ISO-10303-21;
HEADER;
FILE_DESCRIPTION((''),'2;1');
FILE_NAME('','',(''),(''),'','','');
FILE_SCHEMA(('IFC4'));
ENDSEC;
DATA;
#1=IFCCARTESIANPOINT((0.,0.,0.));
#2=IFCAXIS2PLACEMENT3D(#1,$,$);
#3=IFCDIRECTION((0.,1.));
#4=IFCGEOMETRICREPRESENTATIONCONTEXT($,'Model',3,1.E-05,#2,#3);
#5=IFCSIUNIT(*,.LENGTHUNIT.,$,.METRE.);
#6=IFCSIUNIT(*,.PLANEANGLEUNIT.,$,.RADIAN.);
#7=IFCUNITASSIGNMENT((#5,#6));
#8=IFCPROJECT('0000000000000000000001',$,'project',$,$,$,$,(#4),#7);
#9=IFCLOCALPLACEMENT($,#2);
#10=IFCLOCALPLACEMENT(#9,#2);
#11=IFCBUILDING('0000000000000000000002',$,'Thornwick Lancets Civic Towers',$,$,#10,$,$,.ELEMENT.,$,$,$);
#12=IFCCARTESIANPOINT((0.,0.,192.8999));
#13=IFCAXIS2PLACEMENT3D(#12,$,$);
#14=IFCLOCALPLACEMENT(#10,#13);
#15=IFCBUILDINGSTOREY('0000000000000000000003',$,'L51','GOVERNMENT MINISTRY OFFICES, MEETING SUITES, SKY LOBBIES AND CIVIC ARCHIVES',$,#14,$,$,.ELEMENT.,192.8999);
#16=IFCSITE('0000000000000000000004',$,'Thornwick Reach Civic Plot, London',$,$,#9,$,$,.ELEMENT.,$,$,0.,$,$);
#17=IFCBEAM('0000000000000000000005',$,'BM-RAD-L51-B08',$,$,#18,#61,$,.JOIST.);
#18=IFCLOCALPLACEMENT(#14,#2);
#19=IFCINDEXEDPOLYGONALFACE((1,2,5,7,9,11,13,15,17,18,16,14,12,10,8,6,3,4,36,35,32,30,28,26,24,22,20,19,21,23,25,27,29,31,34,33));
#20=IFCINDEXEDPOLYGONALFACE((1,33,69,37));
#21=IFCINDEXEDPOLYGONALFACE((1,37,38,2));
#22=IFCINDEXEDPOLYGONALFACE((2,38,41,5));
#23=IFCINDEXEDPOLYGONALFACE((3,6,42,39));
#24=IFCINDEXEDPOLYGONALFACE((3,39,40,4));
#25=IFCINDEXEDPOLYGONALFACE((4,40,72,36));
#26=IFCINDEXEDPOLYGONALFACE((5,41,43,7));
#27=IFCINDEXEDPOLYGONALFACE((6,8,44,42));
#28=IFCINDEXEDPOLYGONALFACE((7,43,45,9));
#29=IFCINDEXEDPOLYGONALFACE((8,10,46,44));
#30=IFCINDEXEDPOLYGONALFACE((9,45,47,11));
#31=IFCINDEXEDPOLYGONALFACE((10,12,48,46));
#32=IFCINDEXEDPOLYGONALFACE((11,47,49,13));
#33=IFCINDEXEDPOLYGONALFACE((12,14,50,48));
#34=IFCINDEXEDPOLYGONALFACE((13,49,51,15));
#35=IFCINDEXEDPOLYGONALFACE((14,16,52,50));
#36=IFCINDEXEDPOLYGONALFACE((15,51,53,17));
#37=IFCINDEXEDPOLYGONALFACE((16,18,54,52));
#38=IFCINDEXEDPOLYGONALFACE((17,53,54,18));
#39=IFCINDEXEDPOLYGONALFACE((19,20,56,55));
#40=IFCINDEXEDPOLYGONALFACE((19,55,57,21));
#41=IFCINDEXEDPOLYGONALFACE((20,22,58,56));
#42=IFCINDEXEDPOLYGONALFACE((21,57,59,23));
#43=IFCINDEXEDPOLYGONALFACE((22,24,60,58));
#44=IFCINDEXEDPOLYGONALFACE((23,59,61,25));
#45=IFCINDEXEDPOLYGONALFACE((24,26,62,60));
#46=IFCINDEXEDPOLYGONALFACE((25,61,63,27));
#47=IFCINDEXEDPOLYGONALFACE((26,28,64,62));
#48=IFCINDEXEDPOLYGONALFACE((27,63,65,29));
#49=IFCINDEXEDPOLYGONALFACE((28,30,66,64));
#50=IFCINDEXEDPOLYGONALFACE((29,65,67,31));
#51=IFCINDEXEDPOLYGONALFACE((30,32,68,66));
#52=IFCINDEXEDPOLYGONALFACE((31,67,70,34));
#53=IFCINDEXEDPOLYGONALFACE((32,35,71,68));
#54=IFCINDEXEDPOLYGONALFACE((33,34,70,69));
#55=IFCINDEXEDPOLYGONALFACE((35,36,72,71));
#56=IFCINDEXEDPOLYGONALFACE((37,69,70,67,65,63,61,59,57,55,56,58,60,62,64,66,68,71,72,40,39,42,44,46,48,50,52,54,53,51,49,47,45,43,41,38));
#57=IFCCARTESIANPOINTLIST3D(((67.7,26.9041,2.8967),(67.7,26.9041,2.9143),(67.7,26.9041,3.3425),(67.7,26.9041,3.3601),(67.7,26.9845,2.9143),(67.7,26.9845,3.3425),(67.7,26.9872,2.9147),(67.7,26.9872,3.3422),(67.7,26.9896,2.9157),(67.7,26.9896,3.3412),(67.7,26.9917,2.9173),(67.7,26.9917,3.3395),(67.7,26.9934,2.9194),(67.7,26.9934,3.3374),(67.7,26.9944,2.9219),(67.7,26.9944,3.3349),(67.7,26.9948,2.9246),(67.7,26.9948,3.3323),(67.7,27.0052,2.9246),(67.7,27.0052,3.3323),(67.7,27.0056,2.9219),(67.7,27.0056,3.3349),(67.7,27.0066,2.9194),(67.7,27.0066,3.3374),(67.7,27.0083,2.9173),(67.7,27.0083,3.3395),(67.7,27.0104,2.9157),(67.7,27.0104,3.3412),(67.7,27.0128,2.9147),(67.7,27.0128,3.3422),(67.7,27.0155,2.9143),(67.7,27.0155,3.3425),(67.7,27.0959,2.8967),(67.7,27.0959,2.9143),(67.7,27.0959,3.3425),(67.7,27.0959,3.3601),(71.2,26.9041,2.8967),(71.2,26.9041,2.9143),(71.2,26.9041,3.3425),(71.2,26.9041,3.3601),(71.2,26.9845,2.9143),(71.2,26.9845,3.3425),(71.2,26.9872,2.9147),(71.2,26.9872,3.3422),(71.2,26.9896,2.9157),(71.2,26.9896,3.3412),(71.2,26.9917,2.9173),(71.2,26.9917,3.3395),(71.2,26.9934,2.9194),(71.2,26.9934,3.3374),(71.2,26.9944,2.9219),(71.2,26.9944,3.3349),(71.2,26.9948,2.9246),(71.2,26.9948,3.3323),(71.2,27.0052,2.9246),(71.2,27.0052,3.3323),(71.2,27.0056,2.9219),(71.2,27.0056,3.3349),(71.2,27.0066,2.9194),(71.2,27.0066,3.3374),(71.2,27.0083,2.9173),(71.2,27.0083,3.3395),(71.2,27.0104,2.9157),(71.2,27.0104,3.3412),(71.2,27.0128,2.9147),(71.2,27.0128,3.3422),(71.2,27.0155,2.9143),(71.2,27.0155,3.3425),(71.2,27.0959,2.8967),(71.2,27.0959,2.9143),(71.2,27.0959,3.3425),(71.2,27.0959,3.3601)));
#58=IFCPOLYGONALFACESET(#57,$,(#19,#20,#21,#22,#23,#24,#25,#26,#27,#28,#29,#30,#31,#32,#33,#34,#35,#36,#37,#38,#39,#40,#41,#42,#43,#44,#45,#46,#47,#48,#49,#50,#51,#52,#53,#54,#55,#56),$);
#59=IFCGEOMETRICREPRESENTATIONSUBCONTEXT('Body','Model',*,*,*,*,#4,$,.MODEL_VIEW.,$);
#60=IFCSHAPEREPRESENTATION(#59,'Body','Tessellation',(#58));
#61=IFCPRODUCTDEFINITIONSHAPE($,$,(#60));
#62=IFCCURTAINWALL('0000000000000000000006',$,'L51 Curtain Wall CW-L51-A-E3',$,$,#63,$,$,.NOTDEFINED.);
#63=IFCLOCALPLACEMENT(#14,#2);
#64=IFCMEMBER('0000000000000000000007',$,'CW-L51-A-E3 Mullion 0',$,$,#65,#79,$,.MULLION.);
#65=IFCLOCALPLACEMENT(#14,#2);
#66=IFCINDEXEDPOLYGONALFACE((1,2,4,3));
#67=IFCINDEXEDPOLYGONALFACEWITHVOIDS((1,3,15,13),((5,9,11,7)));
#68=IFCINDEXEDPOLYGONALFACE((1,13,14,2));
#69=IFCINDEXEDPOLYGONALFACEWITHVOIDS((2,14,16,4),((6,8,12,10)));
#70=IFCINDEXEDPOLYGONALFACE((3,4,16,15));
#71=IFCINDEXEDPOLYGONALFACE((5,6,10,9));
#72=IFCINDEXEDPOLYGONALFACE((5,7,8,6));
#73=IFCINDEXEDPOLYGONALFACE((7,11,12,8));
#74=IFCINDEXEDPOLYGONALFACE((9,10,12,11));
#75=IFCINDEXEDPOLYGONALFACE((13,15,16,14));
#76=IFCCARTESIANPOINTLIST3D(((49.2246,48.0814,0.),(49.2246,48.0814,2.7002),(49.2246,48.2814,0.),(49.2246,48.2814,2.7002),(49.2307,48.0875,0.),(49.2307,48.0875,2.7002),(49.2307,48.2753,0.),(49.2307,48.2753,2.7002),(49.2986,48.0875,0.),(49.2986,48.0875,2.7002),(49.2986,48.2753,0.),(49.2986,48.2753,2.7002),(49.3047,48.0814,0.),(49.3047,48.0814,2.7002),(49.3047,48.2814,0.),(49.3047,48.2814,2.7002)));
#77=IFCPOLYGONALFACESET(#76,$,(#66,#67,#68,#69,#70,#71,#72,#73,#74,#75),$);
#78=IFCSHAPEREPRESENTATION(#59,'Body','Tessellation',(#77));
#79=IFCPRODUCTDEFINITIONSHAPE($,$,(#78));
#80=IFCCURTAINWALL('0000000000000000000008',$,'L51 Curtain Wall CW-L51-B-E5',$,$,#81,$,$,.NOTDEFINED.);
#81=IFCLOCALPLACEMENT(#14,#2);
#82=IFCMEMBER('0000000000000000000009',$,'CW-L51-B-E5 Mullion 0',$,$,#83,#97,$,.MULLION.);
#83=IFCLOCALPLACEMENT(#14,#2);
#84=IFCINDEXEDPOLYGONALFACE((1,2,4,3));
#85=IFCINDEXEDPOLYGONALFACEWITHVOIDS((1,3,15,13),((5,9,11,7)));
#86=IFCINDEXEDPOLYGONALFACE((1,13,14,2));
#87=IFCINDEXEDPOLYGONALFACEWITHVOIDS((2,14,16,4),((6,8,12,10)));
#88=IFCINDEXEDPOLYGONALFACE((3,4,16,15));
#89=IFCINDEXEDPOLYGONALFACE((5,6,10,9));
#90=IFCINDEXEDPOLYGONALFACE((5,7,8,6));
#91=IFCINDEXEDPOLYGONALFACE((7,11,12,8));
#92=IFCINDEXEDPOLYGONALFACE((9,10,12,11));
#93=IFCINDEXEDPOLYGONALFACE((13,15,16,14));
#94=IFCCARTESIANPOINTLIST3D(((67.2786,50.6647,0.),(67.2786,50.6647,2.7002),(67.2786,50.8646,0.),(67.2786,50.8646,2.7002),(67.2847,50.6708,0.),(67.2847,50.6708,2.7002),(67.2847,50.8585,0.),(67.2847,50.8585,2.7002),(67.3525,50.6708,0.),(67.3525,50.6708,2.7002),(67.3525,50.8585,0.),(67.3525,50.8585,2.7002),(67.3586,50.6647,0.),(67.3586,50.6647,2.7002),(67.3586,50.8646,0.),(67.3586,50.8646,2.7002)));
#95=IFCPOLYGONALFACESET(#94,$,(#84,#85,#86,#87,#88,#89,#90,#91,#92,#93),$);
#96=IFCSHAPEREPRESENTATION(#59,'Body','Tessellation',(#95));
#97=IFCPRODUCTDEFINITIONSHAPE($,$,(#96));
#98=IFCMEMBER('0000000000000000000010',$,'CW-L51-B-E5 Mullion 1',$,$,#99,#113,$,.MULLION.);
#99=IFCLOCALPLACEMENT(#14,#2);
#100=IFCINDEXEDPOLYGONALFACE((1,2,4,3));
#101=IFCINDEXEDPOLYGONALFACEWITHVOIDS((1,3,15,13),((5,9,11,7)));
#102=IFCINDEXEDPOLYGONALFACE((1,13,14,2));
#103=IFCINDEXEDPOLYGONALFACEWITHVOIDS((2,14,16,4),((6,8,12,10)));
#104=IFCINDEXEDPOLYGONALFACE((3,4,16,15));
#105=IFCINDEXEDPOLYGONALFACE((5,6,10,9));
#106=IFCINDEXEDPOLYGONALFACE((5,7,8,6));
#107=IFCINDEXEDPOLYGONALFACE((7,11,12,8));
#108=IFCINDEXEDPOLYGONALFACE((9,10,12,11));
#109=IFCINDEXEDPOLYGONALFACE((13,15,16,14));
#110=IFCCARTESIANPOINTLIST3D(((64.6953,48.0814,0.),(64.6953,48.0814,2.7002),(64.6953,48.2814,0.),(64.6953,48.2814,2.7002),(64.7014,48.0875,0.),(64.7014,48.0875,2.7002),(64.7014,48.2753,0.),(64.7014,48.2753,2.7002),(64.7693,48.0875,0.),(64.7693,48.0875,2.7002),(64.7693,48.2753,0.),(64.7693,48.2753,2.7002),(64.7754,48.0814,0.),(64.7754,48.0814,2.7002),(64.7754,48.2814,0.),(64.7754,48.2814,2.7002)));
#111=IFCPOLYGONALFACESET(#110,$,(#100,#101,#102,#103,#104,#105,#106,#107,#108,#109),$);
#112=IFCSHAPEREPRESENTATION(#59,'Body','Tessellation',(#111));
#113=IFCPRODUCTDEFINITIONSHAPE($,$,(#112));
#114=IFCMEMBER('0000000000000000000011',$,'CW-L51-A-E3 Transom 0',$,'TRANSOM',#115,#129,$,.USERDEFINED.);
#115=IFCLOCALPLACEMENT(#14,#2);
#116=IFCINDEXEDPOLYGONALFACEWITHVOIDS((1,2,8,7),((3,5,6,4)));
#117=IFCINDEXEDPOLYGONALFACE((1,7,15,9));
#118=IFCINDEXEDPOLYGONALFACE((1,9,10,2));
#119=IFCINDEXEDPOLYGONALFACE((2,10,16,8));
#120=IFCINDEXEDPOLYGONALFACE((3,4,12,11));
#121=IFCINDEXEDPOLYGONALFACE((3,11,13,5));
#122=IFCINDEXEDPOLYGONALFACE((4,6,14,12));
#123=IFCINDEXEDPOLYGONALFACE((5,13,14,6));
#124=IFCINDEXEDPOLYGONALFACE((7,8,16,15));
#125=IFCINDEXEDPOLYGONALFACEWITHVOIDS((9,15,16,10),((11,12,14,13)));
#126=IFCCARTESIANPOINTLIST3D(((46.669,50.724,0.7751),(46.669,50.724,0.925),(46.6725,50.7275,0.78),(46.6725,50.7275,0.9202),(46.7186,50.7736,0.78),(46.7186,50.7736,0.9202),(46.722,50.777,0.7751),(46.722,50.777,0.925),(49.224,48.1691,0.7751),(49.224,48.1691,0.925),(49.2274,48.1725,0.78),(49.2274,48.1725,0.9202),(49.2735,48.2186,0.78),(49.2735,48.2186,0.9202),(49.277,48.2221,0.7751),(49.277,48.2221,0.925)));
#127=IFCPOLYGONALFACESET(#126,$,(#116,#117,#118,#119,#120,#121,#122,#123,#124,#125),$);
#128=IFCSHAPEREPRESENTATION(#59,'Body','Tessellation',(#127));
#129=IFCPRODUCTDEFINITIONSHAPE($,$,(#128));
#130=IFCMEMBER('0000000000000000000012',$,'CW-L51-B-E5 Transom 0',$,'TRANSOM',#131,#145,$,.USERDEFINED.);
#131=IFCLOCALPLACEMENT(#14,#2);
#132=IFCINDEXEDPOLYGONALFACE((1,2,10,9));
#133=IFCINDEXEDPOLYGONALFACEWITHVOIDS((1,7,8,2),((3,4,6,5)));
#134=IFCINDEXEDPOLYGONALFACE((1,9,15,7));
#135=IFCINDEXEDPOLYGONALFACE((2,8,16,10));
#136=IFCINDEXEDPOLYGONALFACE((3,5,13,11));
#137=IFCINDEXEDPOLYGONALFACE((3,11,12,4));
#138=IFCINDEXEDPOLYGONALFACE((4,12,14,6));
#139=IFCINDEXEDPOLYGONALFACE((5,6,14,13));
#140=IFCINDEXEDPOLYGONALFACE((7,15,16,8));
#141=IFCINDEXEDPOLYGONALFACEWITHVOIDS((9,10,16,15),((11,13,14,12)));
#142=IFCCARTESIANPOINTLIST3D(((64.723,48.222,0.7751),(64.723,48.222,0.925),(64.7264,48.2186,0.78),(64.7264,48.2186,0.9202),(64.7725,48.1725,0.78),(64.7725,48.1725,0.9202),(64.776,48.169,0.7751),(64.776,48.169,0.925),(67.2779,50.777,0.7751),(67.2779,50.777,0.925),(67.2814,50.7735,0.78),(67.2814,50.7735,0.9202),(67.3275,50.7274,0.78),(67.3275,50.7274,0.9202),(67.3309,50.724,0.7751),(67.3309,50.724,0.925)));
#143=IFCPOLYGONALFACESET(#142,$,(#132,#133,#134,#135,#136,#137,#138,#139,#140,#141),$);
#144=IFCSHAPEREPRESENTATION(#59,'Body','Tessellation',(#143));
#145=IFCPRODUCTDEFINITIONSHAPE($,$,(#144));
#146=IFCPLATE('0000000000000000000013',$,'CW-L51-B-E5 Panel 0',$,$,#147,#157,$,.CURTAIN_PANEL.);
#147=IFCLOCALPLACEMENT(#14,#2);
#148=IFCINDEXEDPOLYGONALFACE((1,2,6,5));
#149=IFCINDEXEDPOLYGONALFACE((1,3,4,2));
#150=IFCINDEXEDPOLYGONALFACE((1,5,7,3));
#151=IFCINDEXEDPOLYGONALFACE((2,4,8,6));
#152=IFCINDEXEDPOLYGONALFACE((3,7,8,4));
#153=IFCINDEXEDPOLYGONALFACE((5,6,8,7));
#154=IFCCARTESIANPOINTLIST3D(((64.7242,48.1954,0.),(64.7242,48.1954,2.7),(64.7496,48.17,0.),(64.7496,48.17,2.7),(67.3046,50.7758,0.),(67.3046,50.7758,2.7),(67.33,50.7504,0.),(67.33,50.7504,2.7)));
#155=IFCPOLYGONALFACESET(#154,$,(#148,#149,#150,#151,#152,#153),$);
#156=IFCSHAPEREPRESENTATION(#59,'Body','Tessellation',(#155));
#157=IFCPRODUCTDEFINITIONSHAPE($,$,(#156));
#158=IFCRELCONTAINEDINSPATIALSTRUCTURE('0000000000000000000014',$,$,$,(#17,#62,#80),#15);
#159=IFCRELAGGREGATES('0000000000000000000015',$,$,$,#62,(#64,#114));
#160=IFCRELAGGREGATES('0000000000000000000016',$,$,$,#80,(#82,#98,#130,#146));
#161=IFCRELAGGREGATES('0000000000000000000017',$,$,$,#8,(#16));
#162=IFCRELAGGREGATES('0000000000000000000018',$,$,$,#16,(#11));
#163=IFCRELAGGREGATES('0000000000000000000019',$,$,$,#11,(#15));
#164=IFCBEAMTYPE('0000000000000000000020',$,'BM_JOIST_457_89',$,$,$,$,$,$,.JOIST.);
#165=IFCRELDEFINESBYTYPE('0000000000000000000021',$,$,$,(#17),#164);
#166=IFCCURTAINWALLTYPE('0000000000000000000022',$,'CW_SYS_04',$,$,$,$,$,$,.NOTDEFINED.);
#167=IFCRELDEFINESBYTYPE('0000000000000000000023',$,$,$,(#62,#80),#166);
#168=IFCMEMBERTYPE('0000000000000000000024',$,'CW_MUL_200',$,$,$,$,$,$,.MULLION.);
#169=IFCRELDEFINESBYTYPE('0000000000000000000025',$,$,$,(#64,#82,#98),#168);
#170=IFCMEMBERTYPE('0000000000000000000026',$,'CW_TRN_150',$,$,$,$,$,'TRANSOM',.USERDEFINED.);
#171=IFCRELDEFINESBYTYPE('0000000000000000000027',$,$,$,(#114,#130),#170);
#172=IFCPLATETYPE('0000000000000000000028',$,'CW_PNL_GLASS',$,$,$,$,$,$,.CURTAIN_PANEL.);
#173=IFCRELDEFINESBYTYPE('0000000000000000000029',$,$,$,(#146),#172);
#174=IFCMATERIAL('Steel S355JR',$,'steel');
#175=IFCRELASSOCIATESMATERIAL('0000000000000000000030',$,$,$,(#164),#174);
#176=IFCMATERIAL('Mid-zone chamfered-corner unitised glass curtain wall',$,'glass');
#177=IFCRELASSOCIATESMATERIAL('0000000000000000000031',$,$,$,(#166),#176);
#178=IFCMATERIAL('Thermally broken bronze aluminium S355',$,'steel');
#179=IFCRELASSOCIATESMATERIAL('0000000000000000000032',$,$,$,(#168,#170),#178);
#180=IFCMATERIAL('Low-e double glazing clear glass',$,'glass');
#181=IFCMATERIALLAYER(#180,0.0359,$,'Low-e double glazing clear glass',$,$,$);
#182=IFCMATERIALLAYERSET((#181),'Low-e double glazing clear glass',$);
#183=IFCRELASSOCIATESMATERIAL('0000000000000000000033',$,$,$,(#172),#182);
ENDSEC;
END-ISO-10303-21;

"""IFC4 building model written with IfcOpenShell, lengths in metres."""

from ifc_helpers import new_model, si_unit, direction, frame, origin, origin_2d, place, context, subcontext, project, spatial, rectangle, hollow_rectangle, i_section, extrude, material, layer, layer_set, material_profile, profile_set, type_object, element, aggregate, save


model = new_model("IFC4")

# Units and contexts
model_context = context("Model", 3, precision=1e-05, world=origin(), true_north=direction((0.0, 1.0)))
body_context = subcontext(model_context, "Body", "Model", "MODEL_VIEW")
ifc_project = project(units=[si_unit("LENGTHUNIT", "METRE"), si_unit("PLANEANGLEUNIT", "RADIAN")], contexts=[model_context])

# Site, building, storey
site_placement = place(None, origin())
site = spatial("IfcSite", under=ifc_project, at=site_placement, Name="Thornwick Reach Civic Plot, London", CompositionType="ELEMENT", RefElevation=0.0)
building_placement = place(site_placement, origin())
building = spatial("IfcBuilding", under=site, at=building_placement, Name="Thornwick Lancets Civic Towers", CompositionType="ELEMENT")
storey_placement = place(building_placement, frame((0.0, 0.0, 192.8999)))
storey = spatial("IfcBuildingStorey", under=building, at=storey_placement, Name="L51", Description="GOVERNMENT MINISTRY OFFICES, MEETING SUITES, SKY LOBBIES AND CIVIC ARCHIVES", CompositionType="ELEMENT", Elevation=192.8999)

# Beam
ifc_material_1 = material(Name="Steel S355JR", Category="steel")
ifc_material_profile_1 = material_profile(ifc_material_1, i_section(OverallWidth=0.1919, OverallDepth=0.4634, WebThickness=0.0105, FlangeThickness=0.0176, FilletRadius=0.0103, at=origin_2d()), Name="UKB 457x191x89")
ifc_profile_set_1 = profile_set([ifc_material_profile_1], Name="Steel S355JR")
beam_type_1 = type_object("IfcBeamType", Name="BM_JOIST_457_89", PredefinedType="JOIST", material=ifc_profile_set_1)
beam_1_placement = place(storey_placement, frame((71.2, 27.0, 3.1284), z_axis=(-1.0, 0.0, 0.0), x_axis=(0.0, -1.0, 0.0)))
element("IfcBeam", 1, at=beam_1_placement, inside=storey, type_object=beam_type_1, Name="BM-RAD-L51-B08", PredefinedType="JOIST", context=body_context, shape_type="SweptSolid", body=[
    extrude(i_section(OverallWidth=0.1919, OverallDepth=0.4634, WebThickness=0.0105, FlangeThickness=0.0176, FilletRadius=0.0103, at=origin_2d()), origin(), (0.0, 0.0, 1.0), 3.5),
])

# Curtain wall, member
ifc_material_2 = material(Name="Mid-zone chamfered-corner unitised glass curtain wall", Category="glass")
curtain_wall_type = type_object("IfcCurtainWallType", Name="CW_SYS_04", PredefinedType="NOTDEFINED", material=ifc_material_2)
curtain_wall_1_placement = place(storey_placement, origin())
curtain_wall_1 = element("IfcCurtainWall", 2, at=curtain_wall_1_placement, inside=storey, type_object=curtain_wall_type, Name="L51 Curtain Wall CW-L51-A-E3", PredefinedType="NOTDEFINED")
ifc_material_3 = material(Name="Thermally broken bronze aluminium S355", Category="steel")
ifc_material_profile_2 = material_profile(ifc_material_3, hollow_rectangle(XDim=0.0801, YDim=0.2, WallThickness=0.0061, at=origin_2d()), Name="RHS 200x80x6")
ifc_profile_set_2 = profile_set([ifc_material_profile_2], Name="Thermally broken bronze aluminium S355")
member_type_1 = type_object("IfcMemberType", Name="CW_MUL_200", PredefinedType="MULLION", material=ifc_profile_set_2)
member_1_placement = place(storey_placement, frame((49.2646, 48.1814, 0.0), z_axis=(0.0, 0.0, 1.0), x_axis=(1.0, 0.0, 0.0)))
member_1 = element("IfcMember", 3, at=member_1_placement, type_object=member_type_1, Name="CW-L51-A-E3 Mullion 0", PredefinedType="MULLION", context=body_context, shape_type="SweptSolid", body=[
    extrude(hollow_rectangle(XDim=0.0801, YDim=0.2, WallThickness=0.0061, at=origin_2d()), origin(), (0.0, 0.0, 1.0), 2.7002),
])

# Curtain wall, members
curtain_wall_2_placement = place(storey_placement, origin())
curtain_wall_2 = element("IfcCurtainWall", 4, at=curtain_wall_2_placement, inside=storey, type_object=curtain_wall_type, Name="L51 Curtain Wall CW-L51-B-E5", PredefinedType="NOTDEFINED")
member_2_placement = place(storey_placement, frame((67.3186, 50.7646, 0.0), z_axis=(0.0, 0.0, 1.0), x_axis=(1.0, 0.0, 0.0)))
member_2 = element("IfcMember", 5, at=member_2_placement, type_object=member_type_1, Name="CW-L51-B-E5 Mullion 0", PredefinedType="MULLION", context=body_context, shape_type="SweptSolid", body=[
    extrude(hollow_rectangle(XDim=0.0801, YDim=0.2, WallThickness=0.0061, at=origin_2d()), origin(), (0.0, 0.0, 1.0), 2.7002),
])
member_3_placement = place(storey_placement, frame((64.7354, 48.1814, 0.0), z_axis=(0.0, 0.0, 1.0), x_axis=(1.0, 0.0, 0.0)))
member_3 = element("IfcMember", 6, at=member_3_placement, type_object=member_type_1, Name="CW-L51-B-E5 Mullion 1", PredefinedType="MULLION", context=body_context, shape_type="SweptSolid", body=[
    extrude(hollow_rectangle(XDim=0.0801, YDim=0.2, WallThickness=0.0061, at=origin_2d()), origin(), (0.0, 0.0, 1.0), 2.7002),
])

# Members
ifc_material_profile_3 = material_profile(ifc_material_3, hollow_rectangle(XDim=0.075, YDim=0.1499, WallThickness=0.0049, at=origin_2d()), Name="RHS 150x75x5")
ifc_profile_set_3 = profile_set([ifc_material_profile_3], Name="Thermally broken bronze aluminium S355")
member_type_2 = type_object("IfcMemberType", Name="CW_TRN_150", ElementType="TRANSOM", PredefinedType="USERDEFINED", material=ifc_profile_set_3)
member_4_placement = place(storey_placement, frame((49.2505, 48.1956, 0.8501), z_axis=(-0.707107, 0.707107, 0.0), x_axis=(-0.707107, -0.707107, 0.0)))
member_4 = element("IfcMember", 7, at=member_4_placement, type_object=member_type_2, Name="CW-L51-A-E3 Transom 0", ObjectType="TRANSOM", PredefinedType="USERDEFINED", context=body_context, shape_type="SweptSolid", body=[
    extrude(hollow_rectangle(XDim=0.075, YDim=0.1499, WallThickness=0.0049, at=origin_2d()), origin(), (0.0, 0.0, 1.0), 3.6133),
])
aggregate(curtain_wall_1, [member_1, member_4])
member_5_placement = place(storey_placement, frame((67.3044, 50.7505, 0.8501), z_axis=(-0.707107, -0.707107, 0.0), x_axis=(0.707107, -0.707107, 0.0)))
member_5 = element("IfcMember", 8, at=member_5_placement, type_object=member_type_2, Name="CW-L51-B-E5 Transom 0", ObjectType="TRANSOM", PredefinedType="USERDEFINED", context=body_context, shape_type="SweptSolid", body=[
    extrude(hollow_rectangle(XDim=0.075, YDim=0.1499, WallThickness=0.0049, at=origin_2d()), origin(), (0.0, 0.0, 1.0), 3.6133),
])

# Plate
ifc_material_4 = material(Name="Low-e double glazing clear glass", Category="glass")
ifc_layer_1 = layer(ifc_material_4, 0.0359, Name="Low-e double glazing clear glass")
ifc_layer_set_1 = layer_set([ifc_layer_1], Name="Low-e double glazing clear glass")
plate_type = type_object("IfcPlateType", Name="CW_PNL_GLASS", PredefinedType="CURTAIN_PANEL", material=ifc_layer_set_1)
plate_placement = place(storey_placement, frame((66.0271, 49.4729, 0.0), z_axis=(0.0, 0.0, 1.0), x_axis=(-0.707107, -0.707107, 0.0)))
plate = element("IfcPlate", 9, at=plate_placement, type_object=plate_type, Name="CW-L51-B-E5 Panel 0", PredefinedType="CURTAIN_PANEL", context=body_context, shape_type="SweptSolid", body=[
    extrude(rectangle(XDim=3.6492, YDim=0.0359, at=origin_2d()), origin(), (0.0, 0.0, 1.0), 2.7),
])
aggregate(curtain_wall_2, [member_2, member_3, member_5, plate])

save(model, "model.ifc")
